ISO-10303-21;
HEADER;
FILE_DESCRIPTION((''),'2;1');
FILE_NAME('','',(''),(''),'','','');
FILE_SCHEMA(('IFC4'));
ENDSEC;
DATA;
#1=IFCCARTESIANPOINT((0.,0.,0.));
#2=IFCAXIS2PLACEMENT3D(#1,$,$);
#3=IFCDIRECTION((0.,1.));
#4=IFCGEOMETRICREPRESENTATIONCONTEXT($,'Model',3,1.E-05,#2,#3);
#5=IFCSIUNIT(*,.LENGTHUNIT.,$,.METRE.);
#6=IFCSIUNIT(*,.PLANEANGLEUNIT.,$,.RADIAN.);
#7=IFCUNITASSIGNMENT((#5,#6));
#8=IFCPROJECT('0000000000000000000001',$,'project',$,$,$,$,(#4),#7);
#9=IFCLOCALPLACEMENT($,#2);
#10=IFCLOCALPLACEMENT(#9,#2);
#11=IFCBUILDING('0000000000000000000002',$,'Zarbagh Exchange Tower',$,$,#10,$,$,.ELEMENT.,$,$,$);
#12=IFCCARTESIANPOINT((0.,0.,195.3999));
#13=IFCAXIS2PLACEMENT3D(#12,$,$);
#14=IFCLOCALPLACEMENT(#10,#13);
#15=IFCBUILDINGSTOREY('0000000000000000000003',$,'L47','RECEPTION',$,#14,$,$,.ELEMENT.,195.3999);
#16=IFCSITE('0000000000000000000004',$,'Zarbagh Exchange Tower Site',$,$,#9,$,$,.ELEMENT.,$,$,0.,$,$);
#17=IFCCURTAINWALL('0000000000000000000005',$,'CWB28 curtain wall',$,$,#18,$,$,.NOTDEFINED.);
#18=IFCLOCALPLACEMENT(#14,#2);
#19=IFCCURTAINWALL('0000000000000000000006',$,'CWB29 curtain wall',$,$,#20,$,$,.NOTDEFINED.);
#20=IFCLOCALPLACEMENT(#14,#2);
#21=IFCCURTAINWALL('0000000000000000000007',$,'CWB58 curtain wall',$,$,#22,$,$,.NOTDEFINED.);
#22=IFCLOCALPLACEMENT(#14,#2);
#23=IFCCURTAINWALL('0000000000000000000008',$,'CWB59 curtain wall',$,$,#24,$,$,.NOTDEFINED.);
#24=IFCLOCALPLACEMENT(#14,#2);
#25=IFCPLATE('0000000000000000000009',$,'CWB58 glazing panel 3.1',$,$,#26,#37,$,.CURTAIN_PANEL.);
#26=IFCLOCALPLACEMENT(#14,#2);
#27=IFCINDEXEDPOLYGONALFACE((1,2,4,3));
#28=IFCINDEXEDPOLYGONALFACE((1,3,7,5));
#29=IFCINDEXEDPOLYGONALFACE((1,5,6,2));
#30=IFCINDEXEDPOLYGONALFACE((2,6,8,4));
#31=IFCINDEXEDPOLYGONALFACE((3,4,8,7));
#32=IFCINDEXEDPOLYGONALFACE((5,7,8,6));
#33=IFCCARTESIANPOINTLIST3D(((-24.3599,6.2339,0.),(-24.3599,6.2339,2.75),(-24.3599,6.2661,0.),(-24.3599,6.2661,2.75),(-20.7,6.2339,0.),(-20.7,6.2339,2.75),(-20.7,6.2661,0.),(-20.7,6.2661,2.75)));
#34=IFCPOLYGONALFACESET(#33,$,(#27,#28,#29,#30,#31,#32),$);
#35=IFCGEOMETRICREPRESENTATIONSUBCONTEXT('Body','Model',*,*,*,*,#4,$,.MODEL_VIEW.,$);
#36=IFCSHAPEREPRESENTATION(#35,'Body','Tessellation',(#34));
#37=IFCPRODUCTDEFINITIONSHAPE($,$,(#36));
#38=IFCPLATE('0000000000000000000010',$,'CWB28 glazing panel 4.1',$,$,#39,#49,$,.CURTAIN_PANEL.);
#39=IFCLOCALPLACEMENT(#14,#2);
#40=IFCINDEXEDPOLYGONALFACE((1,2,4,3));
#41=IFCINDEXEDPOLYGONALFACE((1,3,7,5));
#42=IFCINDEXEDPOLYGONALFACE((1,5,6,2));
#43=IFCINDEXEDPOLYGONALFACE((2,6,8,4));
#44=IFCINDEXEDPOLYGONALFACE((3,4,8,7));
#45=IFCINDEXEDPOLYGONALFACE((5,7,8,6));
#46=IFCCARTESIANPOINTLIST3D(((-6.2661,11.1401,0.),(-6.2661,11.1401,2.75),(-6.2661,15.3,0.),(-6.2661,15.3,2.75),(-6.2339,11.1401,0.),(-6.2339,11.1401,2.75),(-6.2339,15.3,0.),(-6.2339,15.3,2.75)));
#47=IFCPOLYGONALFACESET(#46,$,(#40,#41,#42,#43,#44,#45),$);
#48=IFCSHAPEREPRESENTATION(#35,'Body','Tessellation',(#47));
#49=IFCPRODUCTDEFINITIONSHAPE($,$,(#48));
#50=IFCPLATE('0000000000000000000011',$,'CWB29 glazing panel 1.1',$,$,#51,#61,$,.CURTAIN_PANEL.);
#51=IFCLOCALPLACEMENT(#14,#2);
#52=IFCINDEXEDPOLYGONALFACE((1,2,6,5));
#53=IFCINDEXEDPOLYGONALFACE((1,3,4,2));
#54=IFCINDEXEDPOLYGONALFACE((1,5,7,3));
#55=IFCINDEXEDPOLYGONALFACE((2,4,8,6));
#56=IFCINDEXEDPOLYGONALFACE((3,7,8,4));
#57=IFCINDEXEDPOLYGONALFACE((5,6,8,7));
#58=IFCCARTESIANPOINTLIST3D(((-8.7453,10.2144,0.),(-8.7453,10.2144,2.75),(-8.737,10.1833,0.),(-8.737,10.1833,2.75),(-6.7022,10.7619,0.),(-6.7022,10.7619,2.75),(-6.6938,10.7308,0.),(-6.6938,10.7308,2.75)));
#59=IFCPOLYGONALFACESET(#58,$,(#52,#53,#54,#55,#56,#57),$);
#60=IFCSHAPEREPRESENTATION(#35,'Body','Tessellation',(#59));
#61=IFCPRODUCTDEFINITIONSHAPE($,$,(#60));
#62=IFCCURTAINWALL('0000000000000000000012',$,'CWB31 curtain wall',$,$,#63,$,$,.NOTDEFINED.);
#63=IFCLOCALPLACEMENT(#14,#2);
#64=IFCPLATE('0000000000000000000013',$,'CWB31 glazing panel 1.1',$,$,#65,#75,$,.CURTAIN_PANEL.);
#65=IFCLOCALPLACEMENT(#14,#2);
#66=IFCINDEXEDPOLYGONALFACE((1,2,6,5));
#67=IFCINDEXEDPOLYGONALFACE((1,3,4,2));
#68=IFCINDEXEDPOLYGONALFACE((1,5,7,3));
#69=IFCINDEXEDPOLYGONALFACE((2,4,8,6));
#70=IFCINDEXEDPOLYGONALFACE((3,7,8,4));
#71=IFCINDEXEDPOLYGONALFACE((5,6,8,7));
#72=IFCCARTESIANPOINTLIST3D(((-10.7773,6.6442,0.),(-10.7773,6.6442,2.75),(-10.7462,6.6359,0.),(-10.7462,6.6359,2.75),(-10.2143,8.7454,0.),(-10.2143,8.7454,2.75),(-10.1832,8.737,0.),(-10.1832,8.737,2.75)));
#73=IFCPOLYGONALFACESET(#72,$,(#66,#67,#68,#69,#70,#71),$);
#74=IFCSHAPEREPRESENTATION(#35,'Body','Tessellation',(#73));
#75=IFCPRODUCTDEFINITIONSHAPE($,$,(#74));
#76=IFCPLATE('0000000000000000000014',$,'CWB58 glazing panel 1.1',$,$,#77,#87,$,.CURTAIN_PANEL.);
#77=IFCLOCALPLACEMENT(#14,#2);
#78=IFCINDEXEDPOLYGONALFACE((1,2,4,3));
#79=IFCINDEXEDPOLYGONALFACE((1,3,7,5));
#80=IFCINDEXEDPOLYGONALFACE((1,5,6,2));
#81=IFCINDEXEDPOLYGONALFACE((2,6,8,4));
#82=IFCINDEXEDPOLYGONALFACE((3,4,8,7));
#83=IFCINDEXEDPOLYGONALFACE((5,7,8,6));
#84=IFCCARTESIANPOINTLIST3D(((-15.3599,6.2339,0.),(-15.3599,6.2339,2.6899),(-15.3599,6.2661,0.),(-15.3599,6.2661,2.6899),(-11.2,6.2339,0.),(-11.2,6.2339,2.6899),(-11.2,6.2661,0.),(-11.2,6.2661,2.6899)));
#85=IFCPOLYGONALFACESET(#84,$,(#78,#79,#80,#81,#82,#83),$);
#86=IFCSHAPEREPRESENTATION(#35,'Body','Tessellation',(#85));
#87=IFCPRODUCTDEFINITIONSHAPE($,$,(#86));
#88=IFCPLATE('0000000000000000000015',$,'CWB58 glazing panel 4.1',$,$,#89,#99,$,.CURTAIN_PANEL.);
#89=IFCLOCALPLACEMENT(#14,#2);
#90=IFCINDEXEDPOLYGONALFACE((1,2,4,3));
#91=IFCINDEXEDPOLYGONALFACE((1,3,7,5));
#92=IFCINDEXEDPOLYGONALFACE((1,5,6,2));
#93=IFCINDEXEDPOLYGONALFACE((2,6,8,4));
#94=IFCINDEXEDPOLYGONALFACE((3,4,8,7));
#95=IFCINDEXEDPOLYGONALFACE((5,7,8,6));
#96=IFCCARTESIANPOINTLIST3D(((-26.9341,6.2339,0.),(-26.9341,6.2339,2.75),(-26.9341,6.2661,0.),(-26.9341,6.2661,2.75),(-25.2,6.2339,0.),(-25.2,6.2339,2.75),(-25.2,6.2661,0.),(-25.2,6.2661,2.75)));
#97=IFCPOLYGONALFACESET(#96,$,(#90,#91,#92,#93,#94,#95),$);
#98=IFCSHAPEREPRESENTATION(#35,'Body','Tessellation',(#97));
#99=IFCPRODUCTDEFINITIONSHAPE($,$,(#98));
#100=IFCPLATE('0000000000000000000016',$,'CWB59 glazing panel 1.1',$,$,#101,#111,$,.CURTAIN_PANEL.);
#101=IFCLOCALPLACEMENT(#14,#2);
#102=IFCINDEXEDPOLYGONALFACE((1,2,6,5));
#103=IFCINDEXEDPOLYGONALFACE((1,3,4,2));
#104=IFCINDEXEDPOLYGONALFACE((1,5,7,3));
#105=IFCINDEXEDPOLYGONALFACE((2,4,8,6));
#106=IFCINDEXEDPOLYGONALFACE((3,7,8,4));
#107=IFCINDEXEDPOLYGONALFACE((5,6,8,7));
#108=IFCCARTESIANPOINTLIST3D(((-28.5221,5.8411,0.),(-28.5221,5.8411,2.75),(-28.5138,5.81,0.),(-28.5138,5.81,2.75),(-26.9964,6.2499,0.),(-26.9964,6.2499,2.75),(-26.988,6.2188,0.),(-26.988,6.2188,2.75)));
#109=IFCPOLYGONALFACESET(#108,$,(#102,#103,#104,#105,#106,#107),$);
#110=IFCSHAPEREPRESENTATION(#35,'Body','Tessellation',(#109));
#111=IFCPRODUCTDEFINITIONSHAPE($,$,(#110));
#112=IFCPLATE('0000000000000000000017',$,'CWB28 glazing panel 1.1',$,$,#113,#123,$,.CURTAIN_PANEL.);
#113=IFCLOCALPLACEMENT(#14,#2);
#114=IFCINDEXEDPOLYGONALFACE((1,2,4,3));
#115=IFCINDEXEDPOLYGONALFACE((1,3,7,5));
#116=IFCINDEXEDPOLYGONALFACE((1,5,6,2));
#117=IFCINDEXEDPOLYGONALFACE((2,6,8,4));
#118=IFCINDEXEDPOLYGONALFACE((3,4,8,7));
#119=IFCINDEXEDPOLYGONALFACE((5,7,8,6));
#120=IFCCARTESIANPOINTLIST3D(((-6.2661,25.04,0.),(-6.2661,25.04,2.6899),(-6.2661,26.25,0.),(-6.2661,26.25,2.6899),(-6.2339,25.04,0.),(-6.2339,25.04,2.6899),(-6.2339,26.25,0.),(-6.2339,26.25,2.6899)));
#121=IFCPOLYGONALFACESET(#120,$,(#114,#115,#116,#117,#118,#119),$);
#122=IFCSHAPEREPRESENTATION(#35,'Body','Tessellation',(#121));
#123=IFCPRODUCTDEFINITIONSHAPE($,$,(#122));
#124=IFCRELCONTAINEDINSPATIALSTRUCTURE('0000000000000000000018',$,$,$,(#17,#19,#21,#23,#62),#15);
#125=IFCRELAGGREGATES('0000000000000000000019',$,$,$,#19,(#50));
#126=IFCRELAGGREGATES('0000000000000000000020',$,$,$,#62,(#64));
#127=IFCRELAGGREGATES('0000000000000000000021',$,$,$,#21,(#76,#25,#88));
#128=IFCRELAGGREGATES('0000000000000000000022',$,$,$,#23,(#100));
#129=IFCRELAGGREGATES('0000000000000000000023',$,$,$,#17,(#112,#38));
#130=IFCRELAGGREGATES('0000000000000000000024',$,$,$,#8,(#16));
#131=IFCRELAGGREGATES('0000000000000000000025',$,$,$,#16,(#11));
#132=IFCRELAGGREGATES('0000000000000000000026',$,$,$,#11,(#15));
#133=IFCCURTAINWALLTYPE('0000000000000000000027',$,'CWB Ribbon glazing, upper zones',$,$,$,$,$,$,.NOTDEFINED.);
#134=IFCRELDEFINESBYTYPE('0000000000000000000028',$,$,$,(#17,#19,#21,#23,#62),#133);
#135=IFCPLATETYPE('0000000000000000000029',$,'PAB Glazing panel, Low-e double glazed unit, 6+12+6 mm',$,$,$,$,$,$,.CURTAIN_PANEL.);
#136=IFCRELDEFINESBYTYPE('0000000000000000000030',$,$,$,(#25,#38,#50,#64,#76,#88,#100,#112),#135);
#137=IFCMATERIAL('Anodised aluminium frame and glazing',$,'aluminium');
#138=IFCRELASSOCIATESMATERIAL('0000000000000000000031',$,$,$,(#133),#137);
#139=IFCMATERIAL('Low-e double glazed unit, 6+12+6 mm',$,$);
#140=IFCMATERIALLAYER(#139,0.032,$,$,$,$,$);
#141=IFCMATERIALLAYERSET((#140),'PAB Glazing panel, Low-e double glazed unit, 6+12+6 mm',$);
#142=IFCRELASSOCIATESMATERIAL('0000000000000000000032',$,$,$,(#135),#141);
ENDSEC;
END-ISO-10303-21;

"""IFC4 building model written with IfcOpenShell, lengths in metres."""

from ifc_helpers import new_model, si_unit, direction, frame, origin, place, context, subcontext, project, spatial, polyline, outline, extrude, source, transform, mapped, material, layer, layer_set, type_object, element, aggregate, save


model = new_model("IFC4")

# Units and contexts
model_context = context("Model", 3, precision=1e-05, world=origin(), true_north=direction((0.0, 1.0)))
body_context = subcontext(model_context, "Body", "Model", "MODEL_VIEW")
ifc_project = project(units=[si_unit("LENGTHUNIT", "METRE"), si_unit("PLANEANGLEUNIT", "RADIAN")], contexts=[model_context])

# Site, building, storey
site_placement = place(None, origin())
site = spatial("IfcSite", under=ifc_project, at=site_placement, Name="Zarbagh Exchange Tower Site", CompositionType="ELEMENT", RefElevation=0.0)
building_placement = place(site_placement, origin())
building = spatial("IfcBuilding", under=site, at=building_placement, Name="Zarbagh Exchange Tower", CompositionType="ELEMENT")
storey_placement = place(building_placement, frame((0.0, 0.0, 195.3999)))
storey = spatial("IfcBuildingStorey", under=building, at=storey_placement, Name="L47", Description="RECEPTION", CompositionType="ELEMENT", Elevation=195.3999)

# Curtain wall
ifc_material_1 = material(Name="Anodised aluminium frame and glazing", Category="aluminium")
curtain_wall_type = type_object("IfcCurtainWallType", Name="CWB Ribbon glazing, upper zones", PredefinedType="NOTDEFINED", material=ifc_material_1)
curtain_wall_1_placement = place(storey_placement, origin())
curtain_wall_1 = element("IfcCurtainWall", 1, at=curtain_wall_1_placement, inside=storey, type_object=curtain_wall_type, Name="CWB28 curtain wall", PredefinedType="NOTDEFINED")
placement = place(storey_placement, origin())

# Curtain wall
curtain_wall_2_placement = place(storey_placement, origin())
curtain_wall_2 = element("IfcCurtainWall", 2, at=curtain_wall_2_placement, inside=storey, type_object=curtain_wall_type, Name="CWB29 curtain wall", PredefinedType="NOTDEFINED")

# Curtain wall
curtain_wall_3_placement = place(storey_placement, origin())
curtain_wall_3 = element("IfcCurtainWall", 3, at=curtain_wall_3_placement, inside=storey, type_object=curtain_wall_type, Name="CWB58 curtain wall", PredefinedType="NOTDEFINED")

# Curtain wall
curtain_wall_4_placement = place(storey_placement, origin())
curtain_wall_4 = element("IfcCurtainWall", 4, at=curtain_wall_4_placement, inside=storey, type_object=curtain_wall_type, Name="CWB59 curtain wall", PredefinedType="NOTDEFINED")

# Shared definitions
ifc_material_2 = material(Name="Low-e double glazed unit, 6+12+6 mm")
ifc_layer = layer(ifc_material_2, 0.032)
ifc_layer_set = layer_set([ifc_layer], Name="PAB Glazing panel, Low-e double glazed unit, 6+12+6 mm")
plate_type = type_object("IfcPlateType", Name="PAB Glazing panel, Low-e double glazed unit, 6+12+6 mm", PredefinedType="CURTAIN_PANEL", material=ifc_layer_set)

# Plates
shared_shape_1 = source(origin(), body_context, "Body", "SweptSolid", [
    extrude(outline(polyline([(0.0, -0.0161), (3.6599, -0.0161), (3.6599, 0.0161), (0.0, 0.0161), (0.0, -0.0161)])), origin(), (0.0, 0.0, 1.0), 2.75),
])
plate_1 = element("IfcPlate", 5, at=placement, type_object=plate_type, Name="CWB58 glazing panel 3.1", PredefinedType="CURTAIN_PANEL", context=body_context, shape_type="MappedRepresentation", body=[
    mapped(shared_shape_1, transform((-20.7, 6.25, 0.0), x_axis=(-1.0, 0.0, 0.0), y_axis=(0.0, -1.0, 0.0), z_axis=(0.0, 0.0, 1.0))),
])
shared_shape_2 = source(origin(), body_context, "Body", "SweptSolid", [
    extrude(outline(polyline([(0.0, -0.0161), (4.1599, -0.0161), (4.1599, 0.0161), (0.0, 0.0161), (0.0, -0.0161)])), origin(), (0.0, 0.0, 1.0), 2.75),
])
plate_2 = element("IfcPlate", 6, at=placement, type_object=plate_type, Name="CWB28 glazing panel 4.1", PredefinedType="CURTAIN_PANEL", context=body_context, shape_type="MappedRepresentation", body=[
    mapped(shared_shape_2, transform((-6.25, 15.3, 0.0), x_axis=(0.0, -1.0, 0.0), y_axis=(1.0, 0.0, 0.0), z_axis=(0.0, 0.0, 1.0))),
])
shared_shape_3 = source(origin(), body_context, "Body", "SweptSolid", [
    extrude(outline(polyline([(0.0, -0.0161), (2.1152, -0.0161), (2.1152, 0.0161), (0.0, 0.0161), (0.0, -0.0161)])), origin(), (0.0, 0.0, 1.0), 2.75),
])
plate_3 = element("IfcPlate", 7, at=placement, type_object=plate_type, Name="CWB29 glazing panel 1.1", PredefinedType="CURTAIN_PANEL", context=body_context, shape_type="MappedRepresentation", body=[
    mapped(shared_shape_3, transform((-6.698, 10.7463, 0.0), x_axis=(-0.965924, -0.258825, 0.0), y_axis=(0.258825, -0.965924, 0.0), z_axis=(0.0, 0.0, 1.0))),
])
aggregate(curtain_wall_2, [plate_3])

# Curtain wall, plate
curtain_wall_5_placement = place(storey_placement, origin())
curtain_wall_5 = element("IfcCurtainWall", 8, at=curtain_wall_5_placement, inside=storey, type_object=curtain_wall_type, Name="CWB31 curtain wall", PredefinedType="NOTDEFINED")
shared_shape_4 = source(origin(), body_context, "Body", "SweptSolid", [
    extrude(outline(polyline([(0.0, -0.0161), (2.1753, -0.0161), (2.1753, 0.0161), (0.0, 0.0161), (0.0, -0.0161)])), origin(), (0.0, 0.0, 1.0), 2.75),
])
plate_4 = element("IfcPlate", 9, at=placement, type_object=plate_type, Name="CWB31 glazing panel 1.1", PredefinedType="CURTAIN_PANEL", context=body_context, shape_type="MappedRepresentation", body=[
    mapped(shared_shape_4, transform((-10.1987, 8.7412, 0.0), x_axis=(-0.258825, -0.965924, 0.0), y_axis=(0.965924, -0.258825, 0.0), z_axis=(0.0, 0.0, 1.0))),
])
aggregate(curtain_wall_5, [plate_4])

# Plates
shared_shape_5 = source(origin(), body_context, "Body", "SweptSolid", [
    extrude(outline(polyline([(0.0, -0.0161), (4.1599, -0.0161), (4.1599, 0.0161), (0.0, 0.0161), (0.0, -0.0161)])), origin(), (0.0, 0.0, 1.0), 2.6899),
])
plate_5 = element("IfcPlate", 10, at=placement, type_object=plate_type, Name="CWB58 glazing panel 1.1", PredefinedType="CURTAIN_PANEL", context=body_context, shape_type="MappedRepresentation", body=[
    mapped(shared_shape_5, transform((-11.2, 6.25, 0.0), x_axis=(-1.0, 0.0, 0.0), y_axis=(0.0, -1.0, 0.0), z_axis=(0.0, 0.0, 1.0))),
])
shared_shape_6 = source(origin(), body_context, "Body", "SweptSolid", [
    extrude(outline(polyline([(0.0, -0.0161), (1.7341, -0.0161), (1.7341, 0.0161), (0.0, 0.0161), (0.0, -0.0161)])), origin(), (0.0, 0.0, 1.0), 2.75),
])
plate_6 = element("IfcPlate", 11, at=placement, type_object=plate_type, Name="CWB58 glazing panel 4.1", PredefinedType="CURTAIN_PANEL", context=body_context, shape_type="MappedRepresentation", body=[
    mapped(shared_shape_6, transform((-25.2, 6.25, 0.0), x_axis=(-1.0, 0.0, 0.0), y_axis=(0.0, -1.0, 0.0), z_axis=(0.0, 0.0, 1.0))),
])
aggregate(curtain_wall_3, [plate_5, plate_1, plate_6])
shared_shape_7 = source(origin(), body_context, "Body", "SweptSolid", [
    extrude(outline(polyline([(0.0, -0.0161), (1.5796, -0.0161), (1.5796, 0.0161), (0.0, 0.0161), (0.0, -0.0161)])), origin(), (0.0, 0.0, 1.0), 2.75),
])
plate_7 = element("IfcPlate", 12, at=placement, type_object=plate_type, Name="CWB59 glazing panel 1.1", PredefinedType="CURTAIN_PANEL", context=body_context, shape_type="MappedRepresentation", body=[
    mapped(shared_shape_7, transform((-26.9922, 6.2344, 0.0), x_axis=(-0.965924, -0.258825, 0.0), y_axis=(0.258825, -0.965924, 0.0), z_axis=(0.0, 0.0, 1.0))),
])
aggregate(curtain_wall_4, [plate_7])
shared_shape_8 = source(origin(), body_context, "Body", "SweptSolid", [
    extrude(outline(polyline([(0.0, -0.0161), (1.21, -0.0161), (1.21, 0.0161), (0.0, 0.0161), (0.0, -0.0161)])), origin(), (0.0, 0.0, 1.0), 2.6899),
])
plate_8 = element("IfcPlate", 13, at=placement, type_object=plate_type, Name="CWB28 glazing panel 1.1", PredefinedType="CURTAIN_PANEL", context=body_context, shape_type="MappedRepresentation", body=[
    mapped(shared_shape_8, transform((-6.25, 26.25, 0.0), x_axis=(0.0, -1.0, 0.0), y_axis=(1.0, 0.0, 0.0), z_axis=(0.0, 0.0, 1.0))),
])
aggregate(curtain_wall_1, [plate_8, plate_2])

save(model, "model.ifc")
